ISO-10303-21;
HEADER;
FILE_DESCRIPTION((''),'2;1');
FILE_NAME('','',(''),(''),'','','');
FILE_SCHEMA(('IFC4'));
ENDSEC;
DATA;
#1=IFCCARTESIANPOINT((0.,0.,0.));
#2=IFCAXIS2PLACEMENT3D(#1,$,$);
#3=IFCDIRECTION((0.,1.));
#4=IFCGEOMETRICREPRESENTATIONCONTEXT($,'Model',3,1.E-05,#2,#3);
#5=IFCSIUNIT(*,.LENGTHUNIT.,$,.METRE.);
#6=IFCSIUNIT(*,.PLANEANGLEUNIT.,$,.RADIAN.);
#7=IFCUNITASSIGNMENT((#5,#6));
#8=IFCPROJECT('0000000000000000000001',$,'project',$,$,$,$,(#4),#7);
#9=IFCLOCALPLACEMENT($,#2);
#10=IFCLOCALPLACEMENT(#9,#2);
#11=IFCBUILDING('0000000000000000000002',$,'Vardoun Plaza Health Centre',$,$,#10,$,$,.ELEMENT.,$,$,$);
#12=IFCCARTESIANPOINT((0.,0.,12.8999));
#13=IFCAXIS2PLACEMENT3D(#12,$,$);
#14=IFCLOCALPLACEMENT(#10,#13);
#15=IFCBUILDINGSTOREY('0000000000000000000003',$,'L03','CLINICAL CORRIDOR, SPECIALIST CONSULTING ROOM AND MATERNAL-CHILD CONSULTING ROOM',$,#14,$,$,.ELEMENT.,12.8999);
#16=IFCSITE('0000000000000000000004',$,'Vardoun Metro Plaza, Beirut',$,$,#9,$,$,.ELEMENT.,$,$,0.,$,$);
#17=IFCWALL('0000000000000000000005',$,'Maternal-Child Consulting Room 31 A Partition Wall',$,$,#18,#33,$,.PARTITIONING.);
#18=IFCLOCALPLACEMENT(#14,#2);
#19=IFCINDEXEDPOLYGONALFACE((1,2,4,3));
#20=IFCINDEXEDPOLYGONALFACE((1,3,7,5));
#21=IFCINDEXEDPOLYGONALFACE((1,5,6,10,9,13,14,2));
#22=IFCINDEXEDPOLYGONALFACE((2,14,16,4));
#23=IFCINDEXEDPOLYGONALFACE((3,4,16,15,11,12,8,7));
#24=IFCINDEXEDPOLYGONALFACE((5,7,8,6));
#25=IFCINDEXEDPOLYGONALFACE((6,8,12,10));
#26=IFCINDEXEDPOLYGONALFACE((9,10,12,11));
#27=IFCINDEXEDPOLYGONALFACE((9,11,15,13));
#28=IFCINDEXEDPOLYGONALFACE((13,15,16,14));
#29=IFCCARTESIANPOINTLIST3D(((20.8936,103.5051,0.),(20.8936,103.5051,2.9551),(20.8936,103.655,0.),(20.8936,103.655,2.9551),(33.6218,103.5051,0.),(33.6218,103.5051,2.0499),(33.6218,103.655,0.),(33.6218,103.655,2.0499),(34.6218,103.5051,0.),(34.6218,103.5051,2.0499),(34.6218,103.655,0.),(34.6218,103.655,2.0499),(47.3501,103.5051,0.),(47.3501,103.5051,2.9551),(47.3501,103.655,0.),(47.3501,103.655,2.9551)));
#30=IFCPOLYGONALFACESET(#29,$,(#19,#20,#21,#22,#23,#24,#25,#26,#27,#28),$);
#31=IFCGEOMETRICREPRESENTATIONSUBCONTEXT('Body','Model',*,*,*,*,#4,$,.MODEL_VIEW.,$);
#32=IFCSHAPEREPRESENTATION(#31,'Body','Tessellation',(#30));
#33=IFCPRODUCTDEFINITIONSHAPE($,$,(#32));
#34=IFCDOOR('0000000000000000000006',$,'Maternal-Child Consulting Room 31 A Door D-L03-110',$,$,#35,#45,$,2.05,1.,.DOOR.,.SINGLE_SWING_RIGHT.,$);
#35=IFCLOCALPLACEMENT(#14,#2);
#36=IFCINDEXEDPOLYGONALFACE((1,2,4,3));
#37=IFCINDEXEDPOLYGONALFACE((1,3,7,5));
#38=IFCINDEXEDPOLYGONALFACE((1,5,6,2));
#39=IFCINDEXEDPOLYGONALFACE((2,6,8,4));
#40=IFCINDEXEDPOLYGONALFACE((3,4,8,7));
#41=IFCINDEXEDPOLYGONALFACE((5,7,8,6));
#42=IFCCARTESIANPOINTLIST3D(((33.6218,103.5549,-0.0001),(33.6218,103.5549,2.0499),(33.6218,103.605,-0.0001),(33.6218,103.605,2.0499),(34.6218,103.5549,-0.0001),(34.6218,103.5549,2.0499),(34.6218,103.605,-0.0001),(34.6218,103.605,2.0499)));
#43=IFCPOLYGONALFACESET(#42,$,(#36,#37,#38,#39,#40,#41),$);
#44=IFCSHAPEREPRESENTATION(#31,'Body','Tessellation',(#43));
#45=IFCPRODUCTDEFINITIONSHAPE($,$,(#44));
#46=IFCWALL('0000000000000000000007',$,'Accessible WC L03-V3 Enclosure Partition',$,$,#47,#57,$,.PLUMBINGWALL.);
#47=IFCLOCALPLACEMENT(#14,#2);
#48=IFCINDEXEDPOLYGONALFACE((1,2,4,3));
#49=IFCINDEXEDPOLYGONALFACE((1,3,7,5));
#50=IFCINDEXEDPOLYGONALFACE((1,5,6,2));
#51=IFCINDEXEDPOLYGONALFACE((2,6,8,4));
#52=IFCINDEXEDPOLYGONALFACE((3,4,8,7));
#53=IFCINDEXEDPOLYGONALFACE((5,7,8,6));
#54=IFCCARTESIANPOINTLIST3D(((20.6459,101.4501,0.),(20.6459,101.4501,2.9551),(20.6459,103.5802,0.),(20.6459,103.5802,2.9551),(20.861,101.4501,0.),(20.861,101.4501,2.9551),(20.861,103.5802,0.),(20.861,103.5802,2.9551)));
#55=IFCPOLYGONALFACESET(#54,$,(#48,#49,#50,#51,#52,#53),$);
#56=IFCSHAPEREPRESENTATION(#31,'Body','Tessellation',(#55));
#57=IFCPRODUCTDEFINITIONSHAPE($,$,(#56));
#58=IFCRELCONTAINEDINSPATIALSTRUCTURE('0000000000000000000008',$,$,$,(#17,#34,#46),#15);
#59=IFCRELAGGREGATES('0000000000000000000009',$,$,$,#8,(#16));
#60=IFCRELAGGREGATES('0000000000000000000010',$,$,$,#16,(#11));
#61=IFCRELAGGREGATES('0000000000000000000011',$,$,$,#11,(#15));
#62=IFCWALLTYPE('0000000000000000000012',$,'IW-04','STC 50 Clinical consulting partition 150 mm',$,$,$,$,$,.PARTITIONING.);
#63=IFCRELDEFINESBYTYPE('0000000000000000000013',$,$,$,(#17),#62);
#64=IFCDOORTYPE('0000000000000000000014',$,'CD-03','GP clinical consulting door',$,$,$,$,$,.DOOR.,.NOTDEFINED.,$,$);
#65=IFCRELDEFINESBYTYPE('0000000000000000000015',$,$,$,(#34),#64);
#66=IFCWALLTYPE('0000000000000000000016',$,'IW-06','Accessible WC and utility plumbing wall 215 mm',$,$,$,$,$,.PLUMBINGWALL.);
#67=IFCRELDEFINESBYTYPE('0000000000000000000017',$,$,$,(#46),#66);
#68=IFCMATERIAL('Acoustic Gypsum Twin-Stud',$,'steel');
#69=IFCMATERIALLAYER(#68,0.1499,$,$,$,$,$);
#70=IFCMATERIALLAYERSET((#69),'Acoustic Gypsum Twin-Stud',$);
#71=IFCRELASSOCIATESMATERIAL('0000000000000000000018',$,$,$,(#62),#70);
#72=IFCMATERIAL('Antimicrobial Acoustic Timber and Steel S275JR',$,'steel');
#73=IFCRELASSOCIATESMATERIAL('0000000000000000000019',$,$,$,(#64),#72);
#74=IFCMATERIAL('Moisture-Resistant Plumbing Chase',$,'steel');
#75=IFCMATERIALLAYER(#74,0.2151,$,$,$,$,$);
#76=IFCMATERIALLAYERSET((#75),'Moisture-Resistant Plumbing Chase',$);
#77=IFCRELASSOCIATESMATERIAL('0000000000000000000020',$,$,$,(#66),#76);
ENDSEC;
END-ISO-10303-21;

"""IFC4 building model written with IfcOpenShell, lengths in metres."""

from ifc_helpers import new_model, si_unit, direction, frame, frame_2d, origin, place, context, subcontext, project, spatial, rectangle, extrude, material, layer, layer_set, type_object, element, fill, save


model = new_model("IFC4")

# Units and contexts
model_context = context("Model", 3, precision=1e-05, world=origin(), true_north=direction((0.0, 1.0)))
body_context = subcontext(model_context, "Body", "Model", "MODEL_VIEW")
ifc_project = project(units=[si_unit("LENGTHUNIT", "METRE"), si_unit("PLANEANGLEUNIT", "RADIAN")], contexts=[model_context])

# Site, building, storey
site_placement = place(None, origin())
site = spatial("IfcSite", under=ifc_project, at=site_placement, Name="Vardoun Metro Plaza, Beirut", CompositionType="ELEMENT", RefElevation=0.0)
building_placement = place(site_placement, origin())
building = spatial("IfcBuilding", under=site, at=building_placement, Name="Vardoun Plaza Health Centre", CompositionType="ELEMENT")
storey_placement = place(building_placement, frame((0.0, 0.0, 12.8999)))
storey = spatial("IfcBuildingStorey", under=building, at=storey_placement, Name="L03", Description="CLINICAL CORRIDOR, SPECIALIST CONSULTING ROOM AND MATERNAL-CHILD CONSULTING ROOM", CompositionType="ELEMENT", Elevation=12.8999)

# Wall, opening, door
ifc_material_1 = material(Name="Acoustic Gypsum Twin-Stud", Category="steel")
ifc_layer_1 = layer(ifc_material_1, 0.1499)
ifc_layer_set_1 = layer_set([ifc_layer_1], Name="Acoustic Gypsum Twin-Stud")
wall_type_1 = type_object("IfcWallType", Name="IW-04", Description="STC 50 Clinical consulting partition 150 mm", PredefinedType="PARTITIONING", material=ifc_layer_set_1)
wall_1_placement = place(storey_placement, frame((20.8936, 103.5801, 0.0), z_axis=(0.0, 0.0, 1.0), x_axis=(1.0, 0.0, 0.0)))
wall_1 = element("IfcWall", 1, at=wall_1_placement, inside=storey, type_object=wall_type_1, Name="Maternal-Child Consulting Room 31 A Partition Wall", PredefinedType="PARTITIONING", context=body_context, shape_type="SweptSolid", body=[
    extrude(rectangle(XDim=26.4565, YDim=0.1499, at=frame_2d((13.2283, 0.0))), origin(), (0.0, 0.0, 1.0), 2.9551),
])
opening_1_placement = place(wall_1_placement, frame((12.7283, 0.0, 0.0)))
opening_1 = element("IfcOpeningElement", 2, at=opening_1_placement, cuts=wall_1, PredefinedType="OPENING", context=body_context, shape_type="SweptSolid", body=[
    extrude(rectangle(XDim=1.0, YDim=2.05, at=frame_2d((0.5, 1.0249))), frame((0.0, 0.075, 0.0), z_axis=(0.0, -1.0, 0.0), x_axis=(1.0, 0.0, 0.0)), (0.0, 0.0, 1.0), 0.1499),
])
ifc_material_2 = material(Name="Antimicrobial Acoustic Timber and Steel S275JR", Category="steel")
door_type = type_object("IfcDoorType", Name="CD-03", Description="GP clinical consulting door", OperationType="NOTDEFINED", PredefinedType="DOOR", material=ifc_material_2)
door_placement = place(opening_1_placement, origin())
door = element("IfcDoor", 3, at=door_placement, inside=storey, type_object=door_type, Name="Maternal-Child Consulting Room 31 A Door D-L03-110", OperationType="SINGLE_SWING_RIGHT", OverallHeight=2.05, OverallWidth=1.0, PredefinedType="DOOR", context=body_context, shape_type="SweptSolid", body=[
    extrude(rectangle(XDim=1.0, YDim=2.05, at=frame_2d((0.5, 1.0249))), frame((0.0, 0.0249, 0.0), z_axis=(0.0, -1.0, 0.0), x_axis=(1.0, 0.0, 0.0)), (0.0, 0.0, 1.0), 0.05),
])
fill(opening_1, door)

# Wall
ifc_material_3 = material(Name="Moisture-Resistant Plumbing Chase", Category="steel")
ifc_layer_2 = layer(ifc_material_3, 0.2151)
ifc_layer_set_2 = layer_set([ifc_layer_2], Name="Moisture-Resistant Plumbing Chase")
wall_type_2 = type_object("IfcWallType", Name="IW-06", Description="Accessible WC and utility plumbing wall 215 mm", PredefinedType="PLUMBINGWALL", material=ifc_layer_set_2)
wall_2_placement = place(storey_placement, frame((20.7534, 103.5801, 0.0), z_axis=(0.0, 0.0, 1.0), x_axis=(0.0, -1.0, 0.0)))
element("IfcWall", 4, at=wall_2_placement, inside=storey, type_object=wall_type_2, Name="Accessible WC L03-V3 Enclosure Partition", PredefinedType="PLUMBINGWALL", context=body_context, shape_type="SweptSolid", body=[
    extrude(rectangle(XDim=2.1301, YDim=0.2151, at=frame_2d((1.0649, 0.0))), origin(), (0.0, 0.0, 1.0), 2.9551),
])

save(model, "model.ifc")
